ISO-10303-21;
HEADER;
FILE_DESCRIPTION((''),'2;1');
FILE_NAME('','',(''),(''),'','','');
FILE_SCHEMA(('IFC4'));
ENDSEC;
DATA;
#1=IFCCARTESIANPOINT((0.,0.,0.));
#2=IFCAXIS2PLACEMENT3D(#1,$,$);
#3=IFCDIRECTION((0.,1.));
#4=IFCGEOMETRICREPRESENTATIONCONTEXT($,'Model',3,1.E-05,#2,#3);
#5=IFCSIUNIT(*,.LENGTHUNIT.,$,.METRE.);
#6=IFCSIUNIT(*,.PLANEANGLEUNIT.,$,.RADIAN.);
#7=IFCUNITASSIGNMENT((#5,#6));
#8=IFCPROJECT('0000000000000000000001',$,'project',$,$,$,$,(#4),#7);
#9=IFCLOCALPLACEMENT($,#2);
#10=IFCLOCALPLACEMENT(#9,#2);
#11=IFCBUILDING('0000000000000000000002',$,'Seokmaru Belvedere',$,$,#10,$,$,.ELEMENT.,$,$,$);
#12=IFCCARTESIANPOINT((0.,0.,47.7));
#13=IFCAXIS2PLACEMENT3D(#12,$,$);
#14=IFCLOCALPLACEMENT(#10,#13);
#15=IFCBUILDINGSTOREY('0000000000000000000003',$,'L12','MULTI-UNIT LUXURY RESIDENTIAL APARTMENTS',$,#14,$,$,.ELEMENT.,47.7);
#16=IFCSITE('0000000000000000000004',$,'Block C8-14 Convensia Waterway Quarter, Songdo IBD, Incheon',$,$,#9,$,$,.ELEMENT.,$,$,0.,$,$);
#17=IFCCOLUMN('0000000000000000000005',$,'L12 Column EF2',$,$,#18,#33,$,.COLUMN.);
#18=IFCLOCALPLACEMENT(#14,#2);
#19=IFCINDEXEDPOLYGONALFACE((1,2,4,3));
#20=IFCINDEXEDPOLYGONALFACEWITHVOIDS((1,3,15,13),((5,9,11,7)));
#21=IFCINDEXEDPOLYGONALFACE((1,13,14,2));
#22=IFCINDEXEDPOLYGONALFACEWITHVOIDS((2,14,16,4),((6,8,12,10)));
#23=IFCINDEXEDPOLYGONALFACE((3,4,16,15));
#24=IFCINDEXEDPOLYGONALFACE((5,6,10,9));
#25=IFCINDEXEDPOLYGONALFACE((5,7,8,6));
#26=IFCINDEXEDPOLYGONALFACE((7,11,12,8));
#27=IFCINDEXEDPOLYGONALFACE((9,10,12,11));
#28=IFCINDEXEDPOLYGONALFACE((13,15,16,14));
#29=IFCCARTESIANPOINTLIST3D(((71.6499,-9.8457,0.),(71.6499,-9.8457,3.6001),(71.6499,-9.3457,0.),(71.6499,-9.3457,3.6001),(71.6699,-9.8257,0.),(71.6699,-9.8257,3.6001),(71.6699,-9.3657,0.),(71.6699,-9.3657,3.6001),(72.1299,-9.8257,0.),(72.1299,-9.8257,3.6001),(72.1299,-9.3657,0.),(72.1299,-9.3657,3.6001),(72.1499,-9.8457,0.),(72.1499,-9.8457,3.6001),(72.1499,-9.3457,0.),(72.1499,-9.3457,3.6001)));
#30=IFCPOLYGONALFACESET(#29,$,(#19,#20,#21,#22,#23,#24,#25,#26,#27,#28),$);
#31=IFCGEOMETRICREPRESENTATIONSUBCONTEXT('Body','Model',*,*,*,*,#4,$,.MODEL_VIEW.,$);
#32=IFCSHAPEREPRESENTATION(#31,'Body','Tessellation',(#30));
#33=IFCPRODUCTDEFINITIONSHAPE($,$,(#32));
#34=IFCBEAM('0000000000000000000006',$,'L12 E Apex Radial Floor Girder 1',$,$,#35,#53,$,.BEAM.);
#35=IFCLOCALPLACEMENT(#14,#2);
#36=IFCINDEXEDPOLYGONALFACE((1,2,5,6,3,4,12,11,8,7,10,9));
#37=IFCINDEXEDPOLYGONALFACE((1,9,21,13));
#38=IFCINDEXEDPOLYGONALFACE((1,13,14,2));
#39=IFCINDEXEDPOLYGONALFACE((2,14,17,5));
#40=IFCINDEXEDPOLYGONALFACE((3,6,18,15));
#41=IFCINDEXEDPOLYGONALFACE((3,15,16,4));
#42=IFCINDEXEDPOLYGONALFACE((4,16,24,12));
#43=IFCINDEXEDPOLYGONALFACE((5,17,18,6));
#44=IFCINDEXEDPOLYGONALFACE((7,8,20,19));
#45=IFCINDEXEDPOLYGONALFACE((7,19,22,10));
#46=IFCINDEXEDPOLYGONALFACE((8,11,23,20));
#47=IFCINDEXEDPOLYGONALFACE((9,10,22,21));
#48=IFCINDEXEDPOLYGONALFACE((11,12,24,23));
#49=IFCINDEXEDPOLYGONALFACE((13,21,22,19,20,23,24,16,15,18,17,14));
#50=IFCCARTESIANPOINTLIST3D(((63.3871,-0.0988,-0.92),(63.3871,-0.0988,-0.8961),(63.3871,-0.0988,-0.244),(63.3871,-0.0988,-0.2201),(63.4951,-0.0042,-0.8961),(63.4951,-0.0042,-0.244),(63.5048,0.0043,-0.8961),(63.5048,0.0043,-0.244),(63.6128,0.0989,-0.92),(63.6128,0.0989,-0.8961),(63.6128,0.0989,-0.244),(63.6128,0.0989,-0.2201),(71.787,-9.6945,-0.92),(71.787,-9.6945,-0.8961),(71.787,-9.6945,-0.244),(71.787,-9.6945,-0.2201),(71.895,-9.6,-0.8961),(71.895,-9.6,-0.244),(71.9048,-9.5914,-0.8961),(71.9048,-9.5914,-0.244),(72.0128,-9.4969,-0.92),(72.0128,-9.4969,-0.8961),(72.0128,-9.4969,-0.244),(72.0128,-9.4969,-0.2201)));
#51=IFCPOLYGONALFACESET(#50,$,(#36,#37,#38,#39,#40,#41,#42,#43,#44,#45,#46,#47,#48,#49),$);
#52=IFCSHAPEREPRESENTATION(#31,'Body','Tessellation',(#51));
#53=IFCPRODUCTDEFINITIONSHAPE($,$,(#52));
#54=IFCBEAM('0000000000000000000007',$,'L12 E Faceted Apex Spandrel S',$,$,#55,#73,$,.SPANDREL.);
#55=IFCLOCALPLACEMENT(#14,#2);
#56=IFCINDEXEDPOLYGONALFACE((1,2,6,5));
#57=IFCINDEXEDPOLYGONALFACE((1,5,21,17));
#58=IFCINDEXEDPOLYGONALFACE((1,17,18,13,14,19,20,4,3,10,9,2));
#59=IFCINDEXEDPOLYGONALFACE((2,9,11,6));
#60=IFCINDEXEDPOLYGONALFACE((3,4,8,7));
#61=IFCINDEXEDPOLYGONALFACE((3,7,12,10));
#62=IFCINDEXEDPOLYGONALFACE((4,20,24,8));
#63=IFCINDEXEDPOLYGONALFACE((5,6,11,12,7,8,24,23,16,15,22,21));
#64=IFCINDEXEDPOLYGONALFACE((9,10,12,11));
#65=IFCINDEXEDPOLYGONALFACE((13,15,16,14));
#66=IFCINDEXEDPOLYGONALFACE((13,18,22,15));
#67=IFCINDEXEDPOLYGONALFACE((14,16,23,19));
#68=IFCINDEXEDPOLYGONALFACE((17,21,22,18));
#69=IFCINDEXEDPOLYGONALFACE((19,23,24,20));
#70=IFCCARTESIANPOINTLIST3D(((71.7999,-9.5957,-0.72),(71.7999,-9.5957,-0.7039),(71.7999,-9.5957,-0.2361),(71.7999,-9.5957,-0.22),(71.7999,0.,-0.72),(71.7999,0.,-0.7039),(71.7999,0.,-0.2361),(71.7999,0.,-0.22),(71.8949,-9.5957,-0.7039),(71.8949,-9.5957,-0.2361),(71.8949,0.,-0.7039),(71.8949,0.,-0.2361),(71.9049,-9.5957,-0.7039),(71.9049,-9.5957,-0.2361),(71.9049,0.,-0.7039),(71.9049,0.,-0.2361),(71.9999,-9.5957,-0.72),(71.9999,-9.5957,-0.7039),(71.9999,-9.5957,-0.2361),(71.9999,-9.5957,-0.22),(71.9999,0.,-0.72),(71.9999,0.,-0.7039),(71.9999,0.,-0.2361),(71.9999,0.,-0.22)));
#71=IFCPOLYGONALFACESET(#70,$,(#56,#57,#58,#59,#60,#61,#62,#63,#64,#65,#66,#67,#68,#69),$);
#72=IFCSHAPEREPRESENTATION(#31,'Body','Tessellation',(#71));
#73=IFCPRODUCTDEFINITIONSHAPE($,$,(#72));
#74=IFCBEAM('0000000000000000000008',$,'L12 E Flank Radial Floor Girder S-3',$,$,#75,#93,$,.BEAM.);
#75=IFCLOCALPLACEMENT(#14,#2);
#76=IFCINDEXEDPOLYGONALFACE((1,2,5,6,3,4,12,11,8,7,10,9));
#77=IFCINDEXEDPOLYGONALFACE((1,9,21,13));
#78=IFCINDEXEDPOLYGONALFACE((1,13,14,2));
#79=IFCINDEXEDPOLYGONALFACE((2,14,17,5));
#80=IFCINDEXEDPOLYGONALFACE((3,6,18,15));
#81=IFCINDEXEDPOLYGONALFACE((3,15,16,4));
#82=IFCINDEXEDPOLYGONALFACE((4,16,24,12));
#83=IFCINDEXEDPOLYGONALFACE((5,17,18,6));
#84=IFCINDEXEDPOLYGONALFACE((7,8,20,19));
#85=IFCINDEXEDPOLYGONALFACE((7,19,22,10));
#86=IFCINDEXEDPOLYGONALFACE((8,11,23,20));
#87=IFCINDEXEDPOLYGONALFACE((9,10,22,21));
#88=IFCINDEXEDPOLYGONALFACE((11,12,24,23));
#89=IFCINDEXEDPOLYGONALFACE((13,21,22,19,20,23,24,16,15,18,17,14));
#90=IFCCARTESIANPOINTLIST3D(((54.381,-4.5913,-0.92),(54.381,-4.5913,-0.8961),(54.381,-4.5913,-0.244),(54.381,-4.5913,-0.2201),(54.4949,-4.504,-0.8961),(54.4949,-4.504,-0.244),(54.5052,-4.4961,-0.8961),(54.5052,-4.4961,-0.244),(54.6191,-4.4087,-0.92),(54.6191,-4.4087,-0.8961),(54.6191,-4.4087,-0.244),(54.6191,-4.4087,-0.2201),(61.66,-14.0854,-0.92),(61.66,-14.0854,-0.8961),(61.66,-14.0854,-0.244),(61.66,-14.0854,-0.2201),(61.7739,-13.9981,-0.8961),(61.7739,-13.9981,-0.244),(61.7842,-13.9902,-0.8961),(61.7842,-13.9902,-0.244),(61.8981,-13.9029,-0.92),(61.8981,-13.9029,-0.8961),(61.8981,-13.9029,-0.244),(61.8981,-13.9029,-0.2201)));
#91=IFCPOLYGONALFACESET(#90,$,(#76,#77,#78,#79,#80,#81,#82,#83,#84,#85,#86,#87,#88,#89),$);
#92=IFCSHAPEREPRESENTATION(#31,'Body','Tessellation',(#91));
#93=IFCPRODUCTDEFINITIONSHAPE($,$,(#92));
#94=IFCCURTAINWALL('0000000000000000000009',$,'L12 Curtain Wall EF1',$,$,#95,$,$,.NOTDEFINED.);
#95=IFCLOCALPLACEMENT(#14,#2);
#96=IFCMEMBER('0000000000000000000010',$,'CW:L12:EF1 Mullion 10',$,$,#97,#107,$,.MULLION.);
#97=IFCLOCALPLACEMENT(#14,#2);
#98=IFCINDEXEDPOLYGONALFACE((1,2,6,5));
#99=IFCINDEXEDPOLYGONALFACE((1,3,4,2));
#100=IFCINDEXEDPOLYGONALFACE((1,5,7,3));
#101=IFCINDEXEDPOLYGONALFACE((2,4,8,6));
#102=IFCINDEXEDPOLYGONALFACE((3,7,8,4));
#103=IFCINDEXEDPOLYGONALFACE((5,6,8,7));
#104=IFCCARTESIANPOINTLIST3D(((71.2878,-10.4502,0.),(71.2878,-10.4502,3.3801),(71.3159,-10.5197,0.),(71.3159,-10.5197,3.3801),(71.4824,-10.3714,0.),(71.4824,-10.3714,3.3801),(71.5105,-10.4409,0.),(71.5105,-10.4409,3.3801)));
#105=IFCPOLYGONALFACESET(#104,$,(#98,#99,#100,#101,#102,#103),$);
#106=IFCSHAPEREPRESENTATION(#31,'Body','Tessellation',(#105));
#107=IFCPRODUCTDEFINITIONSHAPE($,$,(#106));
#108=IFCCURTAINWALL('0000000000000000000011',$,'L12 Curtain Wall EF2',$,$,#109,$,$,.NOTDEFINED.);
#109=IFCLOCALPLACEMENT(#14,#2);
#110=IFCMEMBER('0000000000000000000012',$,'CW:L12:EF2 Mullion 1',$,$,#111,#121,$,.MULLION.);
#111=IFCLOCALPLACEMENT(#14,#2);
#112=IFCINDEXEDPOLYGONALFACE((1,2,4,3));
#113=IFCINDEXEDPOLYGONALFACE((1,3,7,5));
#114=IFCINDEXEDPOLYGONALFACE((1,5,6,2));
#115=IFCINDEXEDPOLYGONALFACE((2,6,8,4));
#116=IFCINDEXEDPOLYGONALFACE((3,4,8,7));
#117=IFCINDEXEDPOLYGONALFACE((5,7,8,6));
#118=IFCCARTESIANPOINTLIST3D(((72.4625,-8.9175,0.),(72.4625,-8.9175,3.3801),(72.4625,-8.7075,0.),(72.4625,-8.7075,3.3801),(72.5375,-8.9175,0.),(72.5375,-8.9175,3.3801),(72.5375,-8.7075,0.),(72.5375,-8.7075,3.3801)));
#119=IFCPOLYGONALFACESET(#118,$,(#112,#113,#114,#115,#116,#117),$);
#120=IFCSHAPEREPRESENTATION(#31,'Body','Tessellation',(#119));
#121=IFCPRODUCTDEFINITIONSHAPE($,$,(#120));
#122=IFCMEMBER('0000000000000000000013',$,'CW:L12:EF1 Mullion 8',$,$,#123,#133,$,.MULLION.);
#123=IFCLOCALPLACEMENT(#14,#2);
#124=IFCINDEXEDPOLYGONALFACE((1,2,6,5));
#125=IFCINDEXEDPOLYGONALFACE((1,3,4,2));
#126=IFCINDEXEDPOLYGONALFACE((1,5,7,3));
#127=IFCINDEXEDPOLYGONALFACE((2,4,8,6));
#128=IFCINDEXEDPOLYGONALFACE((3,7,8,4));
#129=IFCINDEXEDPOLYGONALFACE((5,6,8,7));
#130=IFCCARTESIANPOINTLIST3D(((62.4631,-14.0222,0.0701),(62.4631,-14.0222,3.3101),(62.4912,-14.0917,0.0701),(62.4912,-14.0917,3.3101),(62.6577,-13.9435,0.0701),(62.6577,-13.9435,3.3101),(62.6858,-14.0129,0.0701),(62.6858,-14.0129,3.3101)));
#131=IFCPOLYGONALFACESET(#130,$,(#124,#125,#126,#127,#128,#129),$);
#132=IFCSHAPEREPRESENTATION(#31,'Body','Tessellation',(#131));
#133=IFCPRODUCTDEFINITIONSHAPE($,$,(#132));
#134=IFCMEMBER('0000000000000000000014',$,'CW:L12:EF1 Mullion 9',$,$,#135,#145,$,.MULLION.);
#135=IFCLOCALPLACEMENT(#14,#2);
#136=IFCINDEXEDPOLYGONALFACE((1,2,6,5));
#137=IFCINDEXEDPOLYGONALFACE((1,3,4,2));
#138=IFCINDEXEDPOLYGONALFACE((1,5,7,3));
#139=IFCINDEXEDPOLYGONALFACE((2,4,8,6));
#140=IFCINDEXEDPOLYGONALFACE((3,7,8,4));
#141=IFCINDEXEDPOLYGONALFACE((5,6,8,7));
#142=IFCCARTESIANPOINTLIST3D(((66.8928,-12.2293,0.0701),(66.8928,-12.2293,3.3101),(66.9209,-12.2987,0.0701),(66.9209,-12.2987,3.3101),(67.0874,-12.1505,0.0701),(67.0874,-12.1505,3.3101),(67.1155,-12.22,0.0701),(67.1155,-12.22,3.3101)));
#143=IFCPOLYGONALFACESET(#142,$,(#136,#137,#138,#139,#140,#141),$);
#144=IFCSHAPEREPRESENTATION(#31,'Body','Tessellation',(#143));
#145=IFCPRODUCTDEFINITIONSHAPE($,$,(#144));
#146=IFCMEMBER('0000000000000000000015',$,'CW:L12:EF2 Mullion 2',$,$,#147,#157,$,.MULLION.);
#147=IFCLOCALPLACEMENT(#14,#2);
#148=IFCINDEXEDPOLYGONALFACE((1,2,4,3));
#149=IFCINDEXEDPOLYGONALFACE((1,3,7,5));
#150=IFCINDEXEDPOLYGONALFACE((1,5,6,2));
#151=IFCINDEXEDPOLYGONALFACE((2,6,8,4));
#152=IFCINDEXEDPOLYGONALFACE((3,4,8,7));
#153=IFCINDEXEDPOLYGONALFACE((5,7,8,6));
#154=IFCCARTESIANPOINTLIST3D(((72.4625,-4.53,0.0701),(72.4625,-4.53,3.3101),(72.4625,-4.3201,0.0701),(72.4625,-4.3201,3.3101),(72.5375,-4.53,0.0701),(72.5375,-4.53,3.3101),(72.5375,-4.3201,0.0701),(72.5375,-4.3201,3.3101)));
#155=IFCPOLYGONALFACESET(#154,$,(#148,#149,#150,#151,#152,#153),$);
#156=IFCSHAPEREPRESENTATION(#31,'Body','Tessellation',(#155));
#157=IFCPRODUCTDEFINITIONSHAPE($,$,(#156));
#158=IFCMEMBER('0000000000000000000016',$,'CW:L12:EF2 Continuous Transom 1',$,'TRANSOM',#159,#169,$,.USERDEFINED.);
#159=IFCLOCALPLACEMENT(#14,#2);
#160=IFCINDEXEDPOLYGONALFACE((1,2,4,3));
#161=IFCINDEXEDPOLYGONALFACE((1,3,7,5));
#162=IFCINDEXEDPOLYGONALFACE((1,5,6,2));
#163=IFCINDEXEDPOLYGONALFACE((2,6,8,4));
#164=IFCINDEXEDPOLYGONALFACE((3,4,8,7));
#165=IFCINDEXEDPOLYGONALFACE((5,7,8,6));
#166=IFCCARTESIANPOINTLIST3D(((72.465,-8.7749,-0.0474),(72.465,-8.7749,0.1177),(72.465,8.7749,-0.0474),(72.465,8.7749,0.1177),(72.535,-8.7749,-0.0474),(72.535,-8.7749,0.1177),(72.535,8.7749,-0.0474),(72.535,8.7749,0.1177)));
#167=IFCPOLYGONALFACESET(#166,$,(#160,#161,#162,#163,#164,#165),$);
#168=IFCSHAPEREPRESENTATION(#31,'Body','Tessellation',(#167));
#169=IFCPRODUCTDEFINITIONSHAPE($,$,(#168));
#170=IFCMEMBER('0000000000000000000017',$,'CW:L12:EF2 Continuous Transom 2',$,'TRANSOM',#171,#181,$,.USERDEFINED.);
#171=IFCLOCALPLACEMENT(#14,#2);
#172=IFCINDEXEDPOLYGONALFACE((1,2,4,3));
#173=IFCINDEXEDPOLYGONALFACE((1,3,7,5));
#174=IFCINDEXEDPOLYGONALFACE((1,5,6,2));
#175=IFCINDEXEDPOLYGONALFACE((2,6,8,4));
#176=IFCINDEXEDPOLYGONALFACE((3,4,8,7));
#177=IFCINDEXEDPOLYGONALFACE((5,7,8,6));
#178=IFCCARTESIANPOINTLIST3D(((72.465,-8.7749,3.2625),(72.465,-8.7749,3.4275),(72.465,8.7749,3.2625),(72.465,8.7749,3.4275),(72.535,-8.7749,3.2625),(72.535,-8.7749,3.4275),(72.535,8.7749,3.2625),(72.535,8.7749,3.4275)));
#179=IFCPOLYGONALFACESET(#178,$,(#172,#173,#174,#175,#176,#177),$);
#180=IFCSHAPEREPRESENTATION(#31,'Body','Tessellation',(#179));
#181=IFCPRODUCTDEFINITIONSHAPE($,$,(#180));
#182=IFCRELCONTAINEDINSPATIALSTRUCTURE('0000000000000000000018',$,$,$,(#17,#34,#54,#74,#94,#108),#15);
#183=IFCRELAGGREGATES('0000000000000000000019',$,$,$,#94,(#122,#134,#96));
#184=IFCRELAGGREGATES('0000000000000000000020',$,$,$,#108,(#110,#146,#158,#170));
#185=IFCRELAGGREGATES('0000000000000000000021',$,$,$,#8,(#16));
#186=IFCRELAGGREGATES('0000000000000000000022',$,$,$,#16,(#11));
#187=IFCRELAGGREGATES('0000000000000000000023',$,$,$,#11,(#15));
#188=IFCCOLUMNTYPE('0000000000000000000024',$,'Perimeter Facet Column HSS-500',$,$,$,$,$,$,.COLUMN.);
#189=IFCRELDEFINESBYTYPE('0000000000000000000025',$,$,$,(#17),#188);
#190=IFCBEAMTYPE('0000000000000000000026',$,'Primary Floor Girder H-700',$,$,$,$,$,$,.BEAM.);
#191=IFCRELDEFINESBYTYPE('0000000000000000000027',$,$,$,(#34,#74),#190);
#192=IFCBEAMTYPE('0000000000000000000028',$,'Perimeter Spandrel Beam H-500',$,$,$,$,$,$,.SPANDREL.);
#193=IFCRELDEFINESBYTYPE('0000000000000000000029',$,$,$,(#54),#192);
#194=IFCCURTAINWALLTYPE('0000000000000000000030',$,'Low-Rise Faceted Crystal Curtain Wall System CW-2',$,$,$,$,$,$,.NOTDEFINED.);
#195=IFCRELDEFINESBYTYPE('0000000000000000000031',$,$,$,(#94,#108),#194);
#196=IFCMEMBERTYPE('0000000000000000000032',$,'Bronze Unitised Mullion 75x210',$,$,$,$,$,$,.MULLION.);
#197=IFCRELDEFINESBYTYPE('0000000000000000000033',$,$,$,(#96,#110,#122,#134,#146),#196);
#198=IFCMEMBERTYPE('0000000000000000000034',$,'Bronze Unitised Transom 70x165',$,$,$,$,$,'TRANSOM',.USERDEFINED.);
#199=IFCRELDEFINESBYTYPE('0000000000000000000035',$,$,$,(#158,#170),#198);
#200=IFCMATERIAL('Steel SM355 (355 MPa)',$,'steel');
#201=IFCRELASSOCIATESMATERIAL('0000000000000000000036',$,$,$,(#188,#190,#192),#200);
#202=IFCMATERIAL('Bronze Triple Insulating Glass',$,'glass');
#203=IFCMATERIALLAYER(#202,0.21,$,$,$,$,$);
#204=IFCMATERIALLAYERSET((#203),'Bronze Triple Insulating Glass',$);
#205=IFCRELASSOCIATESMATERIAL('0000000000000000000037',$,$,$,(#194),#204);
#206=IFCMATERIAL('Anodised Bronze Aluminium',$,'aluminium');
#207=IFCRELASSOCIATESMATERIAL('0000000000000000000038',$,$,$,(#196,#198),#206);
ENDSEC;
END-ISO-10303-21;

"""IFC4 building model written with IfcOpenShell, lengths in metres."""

from ifc_helpers import new_model, si_unit, direction, frame, origin, origin_2d, place, context, subcontext, project, spatial, rectangle, hollow_rectangle, i_section, extrude, source, transform, mapped, material, layer, layer_set, material_profile, profile_set, type_object, type_shapes, element, aggregate, save


model = new_model("IFC4")

# Units and contexts
model_context = context("Model", 3, precision=1e-05, world=origin(), true_north=direction((0.0, 1.0)))
body_context = subcontext(model_context, "Body", "Model", "MODEL_VIEW")
ifc_project = project(units=[si_unit("LENGTHUNIT", "METRE"), si_unit("PLANEANGLEUNIT", "RADIAN")], contexts=[model_context])

# Site, building, storey
site_placement = place(None, origin())
site = spatial("IfcSite", under=ifc_project, at=site_placement, Name="Block C8-14 Convensia Waterway Quarter, Songdo IBD, Incheon", CompositionType="ELEMENT", RefElevation=0.0)
building_placement = place(site_placement, origin())
building = spatial("IfcBuilding", under=site, at=building_placement, Name="Seokmaru Belvedere", CompositionType="ELEMENT")
storey_placement = place(building_placement, frame((0.0, 0.0, 47.7)))
storey = spatial("IfcBuildingStorey", under=building, at=storey_placement, Name="L12", Description="MULTI-UNIT LUXURY RESIDENTIAL APARTMENTS", CompositionType="ELEMENT", Elevation=47.7)

# Column
ifc_material_1 = material(Name="Steel SM355 (355 MPa)", Category="steel")
ifc_material_profile_1 = material_profile(ifc_material_1, hollow_rectangle(XDim=0.5, YDim=0.5, WallThickness=0.02, at=origin_2d()), Name="HSS-500x500x20")
ifc_profile_set_1 = profile_set([ifc_material_profile_1], Name="Steel SM355 (355 MPa)")
column_type = type_object("IfcColumnType", Name="Perimeter Facet Column HSS-500", PredefinedType="COLUMN", material=ifc_profile_set_1)
shared_shape_1 = source(origin(), body_context, "Body", "SweptSolid", [
    extrude(hollow_rectangle(XDim=0.5, YDim=0.5, WallThickness=0.02, at=origin_2d()), origin(), (0.0, 0.0, 1.0), 3.6001),
])
type_shapes(column_type, [shared_shape_1])
column_placement = place(storey_placement, frame((71.8999, -9.5957, 0.0), z_axis=(0.0, 0.0, 1.0), x_axis=(1.0, 0.0, 0.0)))
element("IfcColumn", 1, at=column_placement, inside=storey, type_object=column_type, Name="L12 Column EF2", PredefinedType="COLUMN", context=body_context, shape_type="MappedRepresentation", body=[
    mapped(shared_shape_1, transform((0.0, 0.0, 0.0), scale=1.0)),
])

# Beams
ifc_material_profile_2 = material_profile(ifc_material_1, i_section(OverallWidth=0.3, OverallDepth=0.7, WebThickness=0.0129, FlangeThickness=0.0239, at=origin_2d()), Name="H-700x300x13x24")
ifc_profile_set_2 = profile_set([ifc_material_profile_2], Name="Steel SM355 (355 MPa)")
beam_type_1 = type_object("IfcBeamType", Name="Primary Floor Girder H-700", PredefinedType="BEAM", material=ifc_profile_set_2)
shared_shape_2 = source(origin(), body_context, "Body", "SweptSolid", [
    extrude(i_section(OverallWidth=0.3, OverallDepth=0.7, WebThickness=0.0129, FlangeThickness=0.0239, at=origin_2d()), origin(), (0.0, 0.0, 1.0), 12.7529),
])
beam_1_placement = place(storey_placement, frame((71.8999, -9.5957, -0.5701), z_axis=(-0.658667, 0.752434, 0.0), x_axis=(-0.752434, -0.658667, 0.0)))
element("IfcBeam", 2, at=beam_1_placement, inside=storey, type_object=beam_type_1, Name="L12 E Apex Radial Floor Girder 1", PredefinedType="BEAM", context=body_context, shape_type="MappedRepresentation", body=[
    mapped(shared_shape_2, transform((0.0, 0.0, 0.0), scale=1.0)),
])
ifc_material_profile_3 = material_profile(ifc_material_1, i_section(OverallWidth=0.2, OverallDepth=0.5, WebThickness=0.01, FlangeThickness=0.0161, at=origin_2d()), Name="H-500x200x10x16")
ifc_profile_set_3 = profile_set([ifc_material_profile_3], Name="Steel SM355 (355 MPa)")
beam_type_2 = type_object("IfcBeamType", Name="Perimeter Spandrel Beam H-500", PredefinedType="SPANDREL", material=ifc_profile_set_3)
shared_shape_3 = source(origin(), body_context, "Body", "SweptSolid", [
    extrude(i_section(OverallWidth=0.2, OverallDepth=0.5, WebThickness=0.01, FlangeThickness=0.0161, at=origin_2d()), origin(), (0.0, 0.0, 1.0), 9.5957),
])
type_shapes(beam_type_2, [shared_shape_3])
beam_2_placement = place(storey_placement, frame((71.8999, -9.5957, -0.47), z_axis=(0.0, 1.0, 0.0), x_axis=(-1.0, 0.0, 0.0)))
element("IfcBeam", 3, at=beam_2_placement, inside=storey, type_object=beam_type_2, Name="L12 E Faceted Apex Spandrel S", PredefinedType="SPANDREL", context=body_context, shape_type="MappedRepresentation", body=[
    mapped(shared_shape_3, transform((0.0, 0.0, 0.0), scale=1.0)),
])
shared_shape_4 = source(origin(), body_context, "Body", "SweptSolid", [
    extrude(i_section(OverallWidth=0.3, OverallDepth=0.7, WebThickness=0.0129, FlangeThickness=0.0239, at=origin_2d()), origin(), (0.0, 0.0, 1.0), 11.9634),
])
type_shapes(beam_type_1, [shared_shape_2, shared_shape_4])
beam_3_placement = place(storey_placement, frame((61.7791, -13.9941, -0.5701), z_axis=(-0.608443, 0.793598, 0.0), x_axis=(-0.793598, -0.608443, 0.0)))
element("IfcBeam", 4, at=beam_3_placement, inside=storey, type_object=beam_type_1, Name="L12 E Flank Radial Floor Girder S-3", PredefinedType="BEAM", context=body_context, shape_type="MappedRepresentation", body=[
    mapped(shared_shape_4, transform((0.0, 0.0, 0.0), scale=1.0)),
])

# Curtain walls, members
ifc_material_2 = material(Name="Bronze Triple Insulating Glass", Category="glass")
ifc_layer_1 = layer(ifc_material_2, 0.21)
ifc_layer_set_1 = layer_set([ifc_layer_1], Name="Bronze Triple Insulating Glass")
curtain_wall_type = type_object("IfcCurtainWallType", Name="Low-Rise Faceted Crystal Curtain Wall System CW-2", PredefinedType="NOTDEFINED", material=ifc_layer_set_1)
curtain_wall_1_placement = place(storey_placement, origin())
curtain_wall_1 = element("IfcCurtainWall", 5, at=curtain_wall_1_placement, inside=storey, type_object=curtain_wall_type, Name="L12 Curtain Wall EF1", PredefinedType="NOTDEFINED")
ifc_material_3 = material(Name="Anodised Bronze Aluminium", Category="aluminium")
ifc_material_profile_4 = material_profile(ifc_material_3, rectangle(XDim=0.075, YDim=0.21, at=origin_2d()), Name="CW-M-75x210")
ifc_profile_set_4 = profile_set([ifc_material_profile_4], Name="Anodised Bronze Aluminium")
member_type_1 = type_object("IfcMemberType", Name="Bronze Unitised Mullion 75x210", PredefinedType="MULLION", material=ifc_profile_set_4)
shared_shape_5 = source(origin(), body_context, "Body", "SweptSolid", [
    extrude(rectangle(XDim=0.075, YDim=0.21, at=origin_2d()), origin(), (0.0, 0.0, 1.0), 3.3801),
])
member_1_placement = place(storey_placement, frame((71.3992, -10.4456, 0.0), z_axis=(0.0, 0.0, 1.0), x_axis=(-0.375192, 0.926947, 0.0)))
member_1 = element("IfcMember", 6, at=member_1_placement, type_object=member_type_1, Name="CW:L12:EF1 Mullion 10", PredefinedType="MULLION", context=body_context, shape_type="MappedRepresentation", body=[
    mapped(shared_shape_5, transform((0.0, 0.0, 0.0), scale=1.0)),
])
curtain_wall_2_placement = place(storey_placement, origin())
curtain_wall_2 = element("IfcCurtainWall", 7, at=curtain_wall_2_placement, inside=storey, type_object=curtain_wall_type, Name="L12 Curtain Wall EF2", PredefinedType="NOTDEFINED")
member_2_placement = place(storey_placement, frame((72.5, -8.8125, 0.0), z_axis=(0.0, 0.0, 1.0), x_axis=(-1.0, 0.0, 0.0)))
member_2 = element("IfcMember", 8, at=member_2_placement, type_object=member_type_1, Name="CW:L12:EF2 Mullion 1", PredefinedType="MULLION", context=body_context, shape_type="MappedRepresentation", body=[
    mapped(shared_shape_5, transform((0.0, 0.0, 0.0), scale=1.0)),
])

# Members
shared_shape_6 = source(origin(), body_context, "Body", "SweptSolid", [
    extrude(rectangle(XDim=0.075, YDim=0.21, at=origin_2d()), origin(), (0.0, 0.0, 1.0), 3.24),
])
type_shapes(member_type_1, [shared_shape_5, shared_shape_6])
member_3_placement = place(storey_placement, frame((62.5745, -14.0176, 0.0701), z_axis=(0.0, 0.0, 1.0), x_axis=(-0.375192, 0.926947, 0.0)))
member_3 = element("IfcMember", 9, at=member_3_placement, type_object=member_type_1, Name="CW:L12:EF1 Mullion 8", PredefinedType="MULLION", context=body_context, shape_type="MappedRepresentation", body=[
    mapped(shared_shape_6, transform((0.0, 0.0, 0.0), scale=1.0)),
])
member_4_placement = place(storey_placement, frame((67.0042, -12.2246, 0.0701), z_axis=(0.0, 0.0, 1.0), x_axis=(-0.375192, 0.926947, 0.0)))
member_4 = element("IfcMember", 10, at=member_4_placement, type_object=member_type_1, Name="CW:L12:EF1 Mullion 9", PredefinedType="MULLION", context=body_context, shape_type="MappedRepresentation", body=[
    mapped(shared_shape_6, transform((0.0, 0.0, 0.0), scale=1.0)),
])
member_5_placement = place(storey_placement, frame((72.5, -4.425, 0.0701), z_axis=(0.0, 0.0, 1.0), x_axis=(-1.0, 0.0, 0.0)))
member_5 = element("IfcMember", 11, at=member_5_placement, type_object=member_type_1, Name="CW:L12:EF2 Mullion 2", PredefinedType="MULLION", context=body_context, shape_type="MappedRepresentation", body=[
    mapped(shared_shape_6, transform((0.0, 0.0, 0.0), scale=1.0)),
])
ifc_material_profile_5 = material_profile(ifc_material_3, rectangle(XDim=0.0701, YDim=0.165, at=origin_2d()), Name="CW-T-70x165")
ifc_profile_set_5 = profile_set([ifc_material_profile_5], Name="Anodised Bronze Aluminium")
member_type_2 = type_object("IfcMemberType", Name="Bronze Unitised Transom 70x165", ElementType="TRANSOM", PredefinedType="USERDEFINED", material=ifc_profile_set_5)
shared_shape_7 = source(origin(), body_context, "Body", "SweptSolid", [
    extrude(rectangle(XDim=0.0701, YDim=0.165, at=origin_2d()), origin(), (0.0, 0.0, 1.0), 17.5498),
])
type_shapes(member_type_2, [shared_shape_7])
member_6_placement = place(storey_placement, frame((72.5, -8.7749, 0.0352), z_axis=(0.0, 1.0, 0.0), x_axis=(-1.0, 0.0, 0.0)))
member_6 = element("IfcMember", 12, at=member_6_placement, type_object=member_type_2, Name="CW:L12:EF2 Continuous Transom 1", ObjectType="TRANSOM", PredefinedType="USERDEFINED", context=body_context, shape_type="MappedRepresentation", body=[
    mapped(shared_shape_7, transform((0.0, 0.0, 0.0), scale=1.0)),
])
member_7_placement = place(storey_placement, frame((72.5, -8.7749, 3.345), z_axis=(0.0, 1.0, 0.0), x_axis=(-1.0, 0.0, 0.0)))
member_7 = element("IfcMember", 13, at=member_7_placement, type_object=member_type_2, Name="CW:L12:EF2 Continuous Transom 2", ObjectType="TRANSOM", PredefinedType="USERDEFINED", context=body_context, shape_type="MappedRepresentation", body=[
    mapped(shared_shape_7, transform((0.0, 0.0, 0.0), scale=1.0)),
])

aggregate(curtain_wall_1, [member_3, member_4, member_1])
aggregate(curtain_wall_2, [member_2, member_5, member_6, member_7])

save(model, "model.ifc")
